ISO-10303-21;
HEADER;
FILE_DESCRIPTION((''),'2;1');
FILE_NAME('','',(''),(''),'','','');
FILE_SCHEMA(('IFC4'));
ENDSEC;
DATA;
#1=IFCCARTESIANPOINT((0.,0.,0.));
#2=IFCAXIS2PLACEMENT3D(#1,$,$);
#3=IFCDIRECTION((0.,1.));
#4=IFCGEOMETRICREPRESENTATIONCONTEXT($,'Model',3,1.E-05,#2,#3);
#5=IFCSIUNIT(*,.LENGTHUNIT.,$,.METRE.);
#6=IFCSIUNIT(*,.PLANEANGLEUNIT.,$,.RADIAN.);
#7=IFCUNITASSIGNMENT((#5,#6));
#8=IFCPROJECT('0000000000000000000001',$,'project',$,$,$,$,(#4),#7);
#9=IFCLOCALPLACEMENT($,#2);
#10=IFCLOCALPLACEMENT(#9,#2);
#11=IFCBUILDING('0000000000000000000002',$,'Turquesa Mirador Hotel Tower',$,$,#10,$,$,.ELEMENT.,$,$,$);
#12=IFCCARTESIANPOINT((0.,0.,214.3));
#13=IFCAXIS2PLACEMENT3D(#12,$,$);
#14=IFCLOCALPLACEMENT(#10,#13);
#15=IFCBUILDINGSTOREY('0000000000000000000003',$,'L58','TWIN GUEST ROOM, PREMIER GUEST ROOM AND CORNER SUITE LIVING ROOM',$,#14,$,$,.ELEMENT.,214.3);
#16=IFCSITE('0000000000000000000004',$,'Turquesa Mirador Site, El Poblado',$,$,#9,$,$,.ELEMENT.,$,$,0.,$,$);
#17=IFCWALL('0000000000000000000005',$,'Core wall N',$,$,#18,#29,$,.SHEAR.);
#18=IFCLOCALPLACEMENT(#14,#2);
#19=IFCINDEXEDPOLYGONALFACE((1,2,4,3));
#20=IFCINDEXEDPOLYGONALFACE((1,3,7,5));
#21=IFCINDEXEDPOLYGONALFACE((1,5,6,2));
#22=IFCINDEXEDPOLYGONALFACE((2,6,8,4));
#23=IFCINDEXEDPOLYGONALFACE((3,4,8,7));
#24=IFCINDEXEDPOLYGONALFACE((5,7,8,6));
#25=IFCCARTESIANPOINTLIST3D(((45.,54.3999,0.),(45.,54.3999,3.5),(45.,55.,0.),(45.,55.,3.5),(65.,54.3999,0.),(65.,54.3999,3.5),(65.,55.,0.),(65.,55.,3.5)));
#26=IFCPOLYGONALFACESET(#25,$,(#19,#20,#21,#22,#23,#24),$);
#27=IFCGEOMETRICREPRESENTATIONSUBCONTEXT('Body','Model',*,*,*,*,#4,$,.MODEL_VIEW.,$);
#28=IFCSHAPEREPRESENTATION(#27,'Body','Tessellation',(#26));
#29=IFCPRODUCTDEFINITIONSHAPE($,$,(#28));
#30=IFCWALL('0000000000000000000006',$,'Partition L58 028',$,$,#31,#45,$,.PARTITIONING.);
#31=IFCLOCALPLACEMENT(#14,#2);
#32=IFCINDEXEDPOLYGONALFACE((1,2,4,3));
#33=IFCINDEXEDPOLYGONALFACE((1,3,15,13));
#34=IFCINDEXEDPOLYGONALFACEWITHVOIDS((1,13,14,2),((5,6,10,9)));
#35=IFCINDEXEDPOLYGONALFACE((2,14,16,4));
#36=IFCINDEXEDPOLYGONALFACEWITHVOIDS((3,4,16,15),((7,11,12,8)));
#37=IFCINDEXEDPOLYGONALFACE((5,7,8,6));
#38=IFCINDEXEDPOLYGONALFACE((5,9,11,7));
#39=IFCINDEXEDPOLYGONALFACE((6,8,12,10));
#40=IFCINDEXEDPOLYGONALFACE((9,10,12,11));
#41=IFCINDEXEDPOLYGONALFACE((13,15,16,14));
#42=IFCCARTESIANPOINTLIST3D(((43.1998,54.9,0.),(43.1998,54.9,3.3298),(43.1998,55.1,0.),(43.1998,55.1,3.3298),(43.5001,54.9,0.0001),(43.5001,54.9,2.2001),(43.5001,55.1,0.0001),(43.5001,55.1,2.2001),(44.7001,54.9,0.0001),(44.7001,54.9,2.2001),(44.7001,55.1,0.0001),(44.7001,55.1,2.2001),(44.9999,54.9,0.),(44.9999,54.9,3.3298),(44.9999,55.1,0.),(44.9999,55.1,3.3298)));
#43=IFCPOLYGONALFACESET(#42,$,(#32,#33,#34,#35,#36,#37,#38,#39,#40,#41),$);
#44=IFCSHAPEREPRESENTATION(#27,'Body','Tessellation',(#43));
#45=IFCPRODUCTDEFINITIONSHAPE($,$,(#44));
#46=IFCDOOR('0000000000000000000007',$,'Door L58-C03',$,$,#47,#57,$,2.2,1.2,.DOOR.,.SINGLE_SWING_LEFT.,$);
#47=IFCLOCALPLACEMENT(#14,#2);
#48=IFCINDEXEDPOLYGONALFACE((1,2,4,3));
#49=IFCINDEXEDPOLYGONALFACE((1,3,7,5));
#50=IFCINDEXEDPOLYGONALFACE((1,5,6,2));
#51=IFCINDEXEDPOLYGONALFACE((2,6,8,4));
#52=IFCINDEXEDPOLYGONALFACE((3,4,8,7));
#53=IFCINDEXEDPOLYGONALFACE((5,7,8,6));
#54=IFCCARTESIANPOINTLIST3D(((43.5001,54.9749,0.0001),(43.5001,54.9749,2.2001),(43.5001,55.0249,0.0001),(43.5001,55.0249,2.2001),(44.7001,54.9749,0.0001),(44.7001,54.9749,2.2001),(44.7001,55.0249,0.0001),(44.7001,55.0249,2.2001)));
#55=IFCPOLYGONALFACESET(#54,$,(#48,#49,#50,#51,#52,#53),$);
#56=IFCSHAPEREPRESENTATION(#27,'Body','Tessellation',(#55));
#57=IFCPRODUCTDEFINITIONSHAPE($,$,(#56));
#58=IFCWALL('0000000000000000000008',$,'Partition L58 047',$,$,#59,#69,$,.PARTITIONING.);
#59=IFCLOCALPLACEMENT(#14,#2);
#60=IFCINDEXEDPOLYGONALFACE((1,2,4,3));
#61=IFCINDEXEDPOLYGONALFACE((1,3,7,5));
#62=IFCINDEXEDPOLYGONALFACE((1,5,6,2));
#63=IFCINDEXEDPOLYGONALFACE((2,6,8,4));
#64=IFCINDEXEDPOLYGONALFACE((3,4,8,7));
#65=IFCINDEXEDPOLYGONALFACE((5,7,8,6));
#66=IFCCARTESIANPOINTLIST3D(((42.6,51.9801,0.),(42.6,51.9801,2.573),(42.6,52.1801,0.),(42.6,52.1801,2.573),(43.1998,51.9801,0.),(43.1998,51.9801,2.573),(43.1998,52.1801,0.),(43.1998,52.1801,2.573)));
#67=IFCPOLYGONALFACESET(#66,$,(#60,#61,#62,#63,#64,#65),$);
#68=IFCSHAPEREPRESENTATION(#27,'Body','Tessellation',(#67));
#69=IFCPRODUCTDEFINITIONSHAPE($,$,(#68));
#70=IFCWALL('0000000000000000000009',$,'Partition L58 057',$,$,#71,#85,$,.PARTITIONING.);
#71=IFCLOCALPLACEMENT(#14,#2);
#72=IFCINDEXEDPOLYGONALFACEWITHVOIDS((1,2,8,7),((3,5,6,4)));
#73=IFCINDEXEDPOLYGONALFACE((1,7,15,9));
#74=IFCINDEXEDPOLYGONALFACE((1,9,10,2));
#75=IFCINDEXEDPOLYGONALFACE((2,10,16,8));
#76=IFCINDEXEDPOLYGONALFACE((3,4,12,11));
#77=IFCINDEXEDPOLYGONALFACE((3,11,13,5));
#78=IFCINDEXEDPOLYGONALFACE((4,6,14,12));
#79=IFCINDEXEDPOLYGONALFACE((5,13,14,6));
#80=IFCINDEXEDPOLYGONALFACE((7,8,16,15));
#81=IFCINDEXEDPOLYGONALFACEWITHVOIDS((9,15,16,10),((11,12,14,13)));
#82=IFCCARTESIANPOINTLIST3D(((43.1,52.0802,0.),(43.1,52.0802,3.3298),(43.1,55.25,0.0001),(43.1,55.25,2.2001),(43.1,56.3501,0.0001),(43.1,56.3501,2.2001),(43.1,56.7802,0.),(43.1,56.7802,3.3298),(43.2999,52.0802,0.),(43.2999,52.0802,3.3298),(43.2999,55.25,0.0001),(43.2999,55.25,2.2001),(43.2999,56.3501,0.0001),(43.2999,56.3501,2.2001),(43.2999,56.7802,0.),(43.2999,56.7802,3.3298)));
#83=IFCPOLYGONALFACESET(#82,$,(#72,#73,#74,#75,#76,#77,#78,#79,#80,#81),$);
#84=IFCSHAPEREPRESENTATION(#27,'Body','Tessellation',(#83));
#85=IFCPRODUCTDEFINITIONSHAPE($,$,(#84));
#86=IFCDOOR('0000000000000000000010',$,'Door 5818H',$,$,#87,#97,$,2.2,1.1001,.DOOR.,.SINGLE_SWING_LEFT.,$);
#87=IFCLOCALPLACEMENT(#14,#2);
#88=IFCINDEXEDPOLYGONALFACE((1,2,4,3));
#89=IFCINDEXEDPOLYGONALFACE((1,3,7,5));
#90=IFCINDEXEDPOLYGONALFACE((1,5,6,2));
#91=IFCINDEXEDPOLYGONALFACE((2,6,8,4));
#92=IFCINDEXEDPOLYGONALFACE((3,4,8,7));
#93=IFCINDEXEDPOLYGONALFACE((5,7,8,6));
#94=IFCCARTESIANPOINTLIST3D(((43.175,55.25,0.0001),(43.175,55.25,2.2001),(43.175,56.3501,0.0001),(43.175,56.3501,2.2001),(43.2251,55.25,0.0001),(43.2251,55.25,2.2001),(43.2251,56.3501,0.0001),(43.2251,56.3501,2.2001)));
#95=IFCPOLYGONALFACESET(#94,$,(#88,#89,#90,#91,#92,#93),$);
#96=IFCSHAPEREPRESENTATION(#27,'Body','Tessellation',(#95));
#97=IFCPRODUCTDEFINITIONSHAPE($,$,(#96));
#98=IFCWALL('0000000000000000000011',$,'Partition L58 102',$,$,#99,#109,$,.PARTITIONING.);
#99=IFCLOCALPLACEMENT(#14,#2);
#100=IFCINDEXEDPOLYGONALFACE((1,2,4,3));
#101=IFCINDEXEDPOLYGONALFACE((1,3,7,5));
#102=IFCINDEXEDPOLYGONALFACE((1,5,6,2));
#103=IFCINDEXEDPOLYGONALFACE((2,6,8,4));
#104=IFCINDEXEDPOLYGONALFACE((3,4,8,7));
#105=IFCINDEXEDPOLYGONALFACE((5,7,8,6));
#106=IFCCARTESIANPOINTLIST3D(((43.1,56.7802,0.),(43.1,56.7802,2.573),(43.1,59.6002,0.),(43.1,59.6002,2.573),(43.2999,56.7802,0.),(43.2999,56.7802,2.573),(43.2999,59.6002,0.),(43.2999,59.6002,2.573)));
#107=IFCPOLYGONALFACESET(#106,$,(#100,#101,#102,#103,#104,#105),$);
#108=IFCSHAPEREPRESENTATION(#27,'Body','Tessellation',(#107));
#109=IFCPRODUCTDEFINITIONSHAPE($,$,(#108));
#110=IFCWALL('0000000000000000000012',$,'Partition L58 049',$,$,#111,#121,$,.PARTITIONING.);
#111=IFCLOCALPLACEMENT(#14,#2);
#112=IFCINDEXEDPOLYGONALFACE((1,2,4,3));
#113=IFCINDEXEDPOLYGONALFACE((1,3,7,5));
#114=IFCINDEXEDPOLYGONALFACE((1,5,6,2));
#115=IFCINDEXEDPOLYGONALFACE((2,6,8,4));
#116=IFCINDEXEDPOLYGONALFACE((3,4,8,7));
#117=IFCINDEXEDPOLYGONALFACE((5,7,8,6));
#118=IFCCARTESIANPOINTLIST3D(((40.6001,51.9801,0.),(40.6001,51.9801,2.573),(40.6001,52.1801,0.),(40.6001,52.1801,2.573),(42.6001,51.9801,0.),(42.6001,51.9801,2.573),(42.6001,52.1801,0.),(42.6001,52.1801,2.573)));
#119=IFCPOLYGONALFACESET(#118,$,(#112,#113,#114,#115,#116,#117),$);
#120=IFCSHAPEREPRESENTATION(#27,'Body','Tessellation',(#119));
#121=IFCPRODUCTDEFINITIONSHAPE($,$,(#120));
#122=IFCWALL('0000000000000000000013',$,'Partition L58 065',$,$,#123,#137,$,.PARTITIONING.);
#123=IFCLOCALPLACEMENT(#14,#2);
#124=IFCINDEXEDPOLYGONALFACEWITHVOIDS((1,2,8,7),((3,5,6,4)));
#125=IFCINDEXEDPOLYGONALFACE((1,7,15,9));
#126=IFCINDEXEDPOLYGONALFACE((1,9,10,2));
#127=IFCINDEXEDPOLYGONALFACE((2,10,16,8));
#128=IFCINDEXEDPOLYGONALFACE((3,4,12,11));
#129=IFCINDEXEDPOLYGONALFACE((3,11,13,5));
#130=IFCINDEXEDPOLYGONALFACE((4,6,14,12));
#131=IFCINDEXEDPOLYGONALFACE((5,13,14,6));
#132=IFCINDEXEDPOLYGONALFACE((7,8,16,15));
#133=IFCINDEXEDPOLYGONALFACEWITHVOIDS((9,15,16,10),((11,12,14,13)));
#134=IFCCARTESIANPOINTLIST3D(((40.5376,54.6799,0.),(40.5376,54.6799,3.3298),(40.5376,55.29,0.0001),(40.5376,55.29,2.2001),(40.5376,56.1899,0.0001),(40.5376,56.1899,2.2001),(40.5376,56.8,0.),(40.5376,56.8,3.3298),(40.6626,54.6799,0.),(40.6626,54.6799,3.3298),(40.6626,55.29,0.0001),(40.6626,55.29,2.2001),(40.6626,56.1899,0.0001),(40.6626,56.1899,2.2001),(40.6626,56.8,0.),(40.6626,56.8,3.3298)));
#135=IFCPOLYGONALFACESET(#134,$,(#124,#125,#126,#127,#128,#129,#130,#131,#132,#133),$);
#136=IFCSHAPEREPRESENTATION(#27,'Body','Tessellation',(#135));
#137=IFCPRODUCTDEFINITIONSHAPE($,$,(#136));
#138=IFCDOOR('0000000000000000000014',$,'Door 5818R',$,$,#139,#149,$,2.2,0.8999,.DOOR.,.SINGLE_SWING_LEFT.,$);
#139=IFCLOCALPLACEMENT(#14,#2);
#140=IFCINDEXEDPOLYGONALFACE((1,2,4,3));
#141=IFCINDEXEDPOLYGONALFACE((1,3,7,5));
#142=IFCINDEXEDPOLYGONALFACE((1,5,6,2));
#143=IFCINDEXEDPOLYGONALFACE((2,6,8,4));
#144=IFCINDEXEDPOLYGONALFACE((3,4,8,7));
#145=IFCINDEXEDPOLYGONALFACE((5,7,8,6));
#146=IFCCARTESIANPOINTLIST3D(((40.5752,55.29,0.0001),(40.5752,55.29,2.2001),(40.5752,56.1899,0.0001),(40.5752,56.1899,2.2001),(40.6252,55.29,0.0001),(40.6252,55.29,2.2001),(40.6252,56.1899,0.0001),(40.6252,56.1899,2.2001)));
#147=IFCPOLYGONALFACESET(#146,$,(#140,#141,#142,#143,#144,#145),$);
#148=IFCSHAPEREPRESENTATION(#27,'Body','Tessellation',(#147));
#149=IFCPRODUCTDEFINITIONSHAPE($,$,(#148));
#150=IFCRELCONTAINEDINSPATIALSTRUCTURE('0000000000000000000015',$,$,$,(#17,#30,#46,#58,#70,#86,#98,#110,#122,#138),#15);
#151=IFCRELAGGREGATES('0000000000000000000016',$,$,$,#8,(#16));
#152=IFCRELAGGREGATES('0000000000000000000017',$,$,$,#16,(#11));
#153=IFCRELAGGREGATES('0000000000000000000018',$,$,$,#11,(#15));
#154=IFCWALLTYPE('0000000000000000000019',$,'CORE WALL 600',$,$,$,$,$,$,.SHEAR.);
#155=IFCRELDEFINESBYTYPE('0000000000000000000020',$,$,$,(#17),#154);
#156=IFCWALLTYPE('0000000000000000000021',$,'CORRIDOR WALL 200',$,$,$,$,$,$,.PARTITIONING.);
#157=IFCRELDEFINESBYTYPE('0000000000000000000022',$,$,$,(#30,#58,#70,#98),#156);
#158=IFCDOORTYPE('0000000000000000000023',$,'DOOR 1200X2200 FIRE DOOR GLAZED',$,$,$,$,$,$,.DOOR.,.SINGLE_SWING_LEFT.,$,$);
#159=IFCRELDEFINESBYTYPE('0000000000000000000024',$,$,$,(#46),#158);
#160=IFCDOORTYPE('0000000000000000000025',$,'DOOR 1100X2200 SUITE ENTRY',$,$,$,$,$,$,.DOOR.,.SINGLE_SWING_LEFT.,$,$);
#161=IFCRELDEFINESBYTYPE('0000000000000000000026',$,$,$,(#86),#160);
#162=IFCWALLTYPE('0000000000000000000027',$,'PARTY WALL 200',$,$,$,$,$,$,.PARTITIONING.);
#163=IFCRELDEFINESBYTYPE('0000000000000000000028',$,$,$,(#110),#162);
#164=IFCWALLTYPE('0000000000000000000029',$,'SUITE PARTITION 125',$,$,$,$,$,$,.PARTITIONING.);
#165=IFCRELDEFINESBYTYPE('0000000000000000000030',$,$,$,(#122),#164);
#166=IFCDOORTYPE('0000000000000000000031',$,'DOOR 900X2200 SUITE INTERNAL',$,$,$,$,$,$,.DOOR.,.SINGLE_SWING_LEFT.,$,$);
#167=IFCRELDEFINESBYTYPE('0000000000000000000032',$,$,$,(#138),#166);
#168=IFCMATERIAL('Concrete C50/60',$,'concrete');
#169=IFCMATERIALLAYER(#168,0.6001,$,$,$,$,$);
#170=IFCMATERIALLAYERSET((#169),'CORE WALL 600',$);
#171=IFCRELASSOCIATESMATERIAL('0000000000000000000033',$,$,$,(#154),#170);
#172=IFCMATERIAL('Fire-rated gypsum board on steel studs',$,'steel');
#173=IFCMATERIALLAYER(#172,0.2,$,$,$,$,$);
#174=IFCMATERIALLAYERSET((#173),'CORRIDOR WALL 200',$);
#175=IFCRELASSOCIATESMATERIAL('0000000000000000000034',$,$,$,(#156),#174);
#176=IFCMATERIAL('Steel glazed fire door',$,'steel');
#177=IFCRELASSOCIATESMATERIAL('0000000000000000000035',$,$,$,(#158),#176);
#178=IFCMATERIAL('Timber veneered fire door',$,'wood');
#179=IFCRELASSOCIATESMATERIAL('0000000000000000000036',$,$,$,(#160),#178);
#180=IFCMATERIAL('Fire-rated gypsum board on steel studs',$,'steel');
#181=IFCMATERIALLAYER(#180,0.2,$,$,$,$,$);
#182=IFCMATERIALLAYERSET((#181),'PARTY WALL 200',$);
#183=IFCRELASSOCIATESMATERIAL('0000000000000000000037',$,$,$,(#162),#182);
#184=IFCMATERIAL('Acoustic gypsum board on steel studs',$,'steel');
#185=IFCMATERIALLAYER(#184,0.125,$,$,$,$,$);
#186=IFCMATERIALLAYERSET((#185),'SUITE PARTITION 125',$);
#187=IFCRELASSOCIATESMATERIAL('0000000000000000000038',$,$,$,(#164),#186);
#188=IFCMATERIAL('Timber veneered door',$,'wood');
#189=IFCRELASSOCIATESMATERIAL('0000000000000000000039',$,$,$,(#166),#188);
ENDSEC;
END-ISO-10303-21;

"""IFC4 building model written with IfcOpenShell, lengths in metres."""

from ifc_helpers import new_model, si_unit, direction, frame, frame_2d, origin, place, context, subcontext, project, spatial, rectangle, extrude, material, layer, layer_set, type_object, element, fill, save


model = new_model("IFC4")

# Units and contexts
model_context = context("Model", 3, precision=1e-05, world=origin(), true_north=direction((0.0, 1.0)))
body_context = subcontext(model_context, "Body", "Model", "MODEL_VIEW")
ifc_project = project(units=[si_unit("LENGTHUNIT", "METRE"), si_unit("PLANEANGLEUNIT", "RADIAN")], contexts=[model_context])

# Site, building, storey
site_placement = place(None, origin())
site = spatial("IfcSite", under=ifc_project, at=site_placement, Name="Turquesa Mirador Site, El Poblado", CompositionType="ELEMENT", RefElevation=0.0)
building_placement = place(site_placement, origin())
building = spatial("IfcBuilding", under=site, at=building_placement, Name="Turquesa Mirador Hotel Tower", CompositionType="ELEMENT")
storey_placement = place(building_placement, frame((0.0, 0.0, 214.3)))
storey = spatial("IfcBuildingStorey", under=building, at=storey_placement, Name="L58", Description="TWIN GUEST ROOM, PREMIER GUEST ROOM AND CORNER SUITE LIVING ROOM", CompositionType="ELEMENT", Elevation=214.3)

# Wall
ifc_material_1 = material(Name="Concrete C50/60", Category="concrete")
ifc_layer_1 = layer(ifc_material_1, 0.6001)
ifc_layer_set_1 = layer_set([ifc_layer_1], Name="CORE WALL 600")
wall_type_1 = type_object("IfcWallType", Name="CORE WALL 600", PredefinedType="SHEAR", material=ifc_layer_set_1)
wall_1_placement = place(storey_placement, frame((45.0, 54.7, 0.0), z_axis=(0.0, 0.0, 1.0), x_axis=(1.0, 0.0, 0.0)))
element("IfcWall", 1, at=wall_1_placement, inside=storey, type_object=wall_type_1, Name="Core wall N", PredefinedType="SHEAR", context=body_context, shape_type="SweptSolid", body=[
    extrude(rectangle(XDim=20.0, YDim=0.6001, at=frame_2d((10.0, 0.0))), origin(), (0.0, 0.0, 1.0), 3.5),
])

# Wall, opening, door
ifc_material_2 = material(Name="Fire-rated gypsum board on steel studs", Category="steel")
ifc_layer_2 = layer(ifc_material_2, 0.2)
ifc_layer_set_2 = layer_set([ifc_layer_2], Name="CORRIDOR WALL 200")
wall_type_2 = type_object("IfcWallType", Name="CORRIDOR WALL 200", PredefinedType="PARTITIONING", material=ifc_layer_set_2)
wall_2_placement = place(storey_placement, frame((43.2, 55.0, 0.0), z_axis=(0.0, 0.0, 1.0), x_axis=(1.0, 0.0, 0.0)))
wall_2 = element("IfcWall", 2, at=wall_2_placement, inside=storey, type_object=wall_type_2, Name="Partition L58 028", PredefinedType="PARTITIONING", context=body_context, shape_type="SweptSolid", body=[
    extrude(rectangle(XDim=1.8, YDim=0.2, at=frame_2d((0.8999, 0.0))), origin(), (0.0, 0.0, 1.0), 3.3298),
])
opening_1_placement = place(wall_2_placement, frame((0.3, 0.0, 0.0)))
opening_1 = element("IfcOpeningElement", 3, at=opening_1_placement, cuts=wall_2, PredefinedType="OPENING", context=body_context, shape_type="SweptSolid", body=[
    extrude(rectangle(XDim=1.2, YDim=2.2, at=frame_2d((0.6001, 1.1001))), frame((0.0, 0.1099, 0.0), z_axis=(0.0, -1.0, 0.0), x_axis=(1.0, 0.0, 0.0)), (0.0, 0.0, 1.0), 0.22),
])
ifc_material_3 = material(Name="Steel glazed fire door", Category="steel")
door_type_1 = type_object("IfcDoorType", Name="DOOR 1200X2200 FIRE DOOR GLAZED", OperationType="SINGLE_SWING_LEFT", PredefinedType="DOOR", material=ifc_material_3)
door_1_placement = place(opening_1_placement, origin())
door_1 = element("IfcDoor", 4, at=door_1_placement, inside=storey, type_object=door_type_1, Name="Door L58-C03", OperationType="SINGLE_SWING_LEFT", OverallHeight=2.2, OverallWidth=1.2, PredefinedType="DOOR", context=body_context, shape_type="SweptSolid", body=[
    extrude(rectangle(XDim=1.2, YDim=2.2, at=frame_2d((0.6001, 1.1001))), frame((0.0, 0.0249, 0.0), z_axis=(0.0, -1.0, 0.0), x_axis=(1.0, 0.0, 0.0)), (0.0, 0.0, 1.0), 0.05),
])
fill(opening_1, door_1)

# Wall
wall_3_placement = place(storey_placement, frame((42.6001, 52.0801, 0.0), z_axis=(0.0, 0.0, 1.0), x_axis=(1.0, 0.0, 0.0)))
element("IfcWall", 5, at=wall_3_placement, inside=storey, type_object=wall_type_2, Name="Partition L58 047", PredefinedType="PARTITIONING", context=body_context, shape_type="SweptSolid", body=[
    extrude(rectangle(XDim=0.5999, YDim=0.2, at=frame_2d((0.2998, 0.0))), origin(), (0.0, 0.0, 1.0), 2.573),
])

# Wall, opening, door
wall_4_placement = place(storey_placement, frame((43.2, 52.0801, 0.0), z_axis=(0.0, 0.0, 1.0), x_axis=(0.0, 1.0, 0.0)))
wall_4 = element("IfcWall", 6, at=wall_4_placement, inside=storey, type_object=wall_type_2, Name="Partition L58 057", PredefinedType="PARTITIONING", context=body_context, shape_type="SweptSolid", body=[
    extrude(rectangle(XDim=4.7, YDim=0.2, at=frame_2d((2.3501, 0.0))), origin(), (0.0, 0.0, 1.0), 3.3298),
])
opening_2_placement = place(wall_4_placement, frame((3.1699, 0.0, 0.0)))
opening_2 = element("IfcOpeningElement", 7, at=opening_2_placement, cuts=wall_4, PredefinedType="OPENING", context=body_context, shape_type="SweptSolid", body=[
    extrude(rectangle(XDim=1.1001, YDim=2.2, at=frame_2d((0.55, 1.1001))), frame((0.0, 0.1099, 0.0), z_axis=(0.0, -1.0, 0.0), x_axis=(1.0, 0.0, 0.0)), (0.0, 0.0, 1.0), 0.22),
])
ifc_material_4 = material(Name="Timber veneered fire door", Category="wood")
door_type_2 = type_object("IfcDoorType", Name="DOOR 1100X2200 SUITE ENTRY", OperationType="SINGLE_SWING_LEFT", PredefinedType="DOOR", material=ifc_material_4)
door_2_placement = place(opening_2_placement, origin())
door_2 = element("IfcDoor", 8, at=door_2_placement, inside=storey, type_object=door_type_2, Name="Door 5818H", OperationType="SINGLE_SWING_LEFT", OverallHeight=2.2, OverallWidth=1.1001, PredefinedType="DOOR", context=body_context, shape_type="SweptSolid", body=[
    extrude(rectangle(XDim=1.1001, YDim=2.2, at=frame_2d((0.55, 1.1001))), frame((0.0, 0.0249, 0.0), z_axis=(0.0, -1.0, 0.0), x_axis=(1.0, 0.0, 0.0)), (0.0, 0.0, 1.0), 0.05),
])
fill(opening_2, door_2)

# Walls
wall_5_placement = place(storey_placement, frame((43.2, 56.78, 0.0), z_axis=(0.0, 0.0, 1.0), x_axis=(0.0, 1.0, 0.0)))
element("IfcWall", 9, at=wall_5_placement, inside=storey, type_object=wall_type_2, Name="Partition L58 102", PredefinedType="PARTITIONING", context=body_context, shape_type="SweptSolid", body=[
    extrude(rectangle(XDim=2.8201, YDim=0.2, at=frame_2d((1.4102, 0.0))), origin(), (0.0, 0.0, 1.0), 2.573),
])
ifc_material_5 = material(Name="Fire-rated gypsum board on steel studs", Category="steel")
ifc_layer_3 = layer(ifc_material_5, 0.2)
ifc_layer_set_3 = layer_set([ifc_layer_3], Name="PARTY WALL 200")
wall_type_3 = type_object("IfcWallType", Name="PARTY WALL 200", PredefinedType="PARTITIONING", material=ifc_layer_set_3)
wall_6_placement = place(storey_placement, frame((40.6001, 52.0801, 0.0), z_axis=(0.0, 0.0, 1.0), x_axis=(1.0, 0.0, 0.0)))
element("IfcWall", 10, at=wall_6_placement, inside=storey, type_object=wall_type_3, Name="Partition L58 049", PredefinedType="PARTITIONING", context=body_context, shape_type="SweptSolid", body=[
    extrude(rectangle(XDim=2.0, YDim=0.2, at=frame_2d((1.0, 0.0))), origin(), (0.0, 0.0, 1.0), 2.573),
])

# Wall, opening, door
ifc_material_6 = material(Name="Acoustic gypsum board on steel studs", Category="steel")
ifc_layer_4 = layer(ifc_material_6, 0.125)
ifc_layer_set_4 = layer_set([ifc_layer_4], Name="SUITE PARTITION 125")
wall_type_4 = type_object("IfcWallType", Name="SUITE PARTITION 125", PredefinedType="PARTITIONING", material=ifc_layer_set_4)
wall_7_placement = place(storey_placement, frame((40.6001, 54.6799, 0.0), z_axis=(0.0, 0.0, 1.0), x_axis=(0.0, 1.0, 0.0)))
wall_7 = element("IfcWall", 11, at=wall_7_placement, inside=storey, type_object=wall_type_4, Name="Partition L58 065", PredefinedType="PARTITIONING", context=body_context, shape_type="SweptSolid", body=[
    extrude(rectangle(XDim=2.1201, YDim=0.125, at=frame_2d((1.0601, 0.0))), origin(), (0.0, 0.0, 1.0), 3.3298),
])
opening_3_placement = place(wall_7_placement, frame((0.6101, 0.0, 0.0)))
opening_3 = element("IfcOpeningElement", 12, at=opening_3_placement, cuts=wall_7, PredefinedType="OPENING", context=body_context, shape_type="SweptSolid", body=[
    extrude(rectangle(XDim=0.8999, YDim=2.2, at=frame_2d((0.45, 1.1001))), frame((0.0, 0.0725, 0.0), z_axis=(0.0, -1.0, 0.0), x_axis=(1.0, 0.0, 0.0)), (0.0, 0.0, 1.0), 0.145),
])
ifc_material_7 = material(Name="Timber veneered door", Category="wood")
door_type_3 = type_object("IfcDoorType", Name="DOOR 900X2200 SUITE INTERNAL", OperationType="SINGLE_SWING_LEFT", PredefinedType="DOOR", material=ifc_material_7)
door_3_placement = place(opening_3_placement, origin())
door_3 = element("IfcDoor", 13, at=door_3_placement, inside=storey, type_object=door_type_3, Name="Door 5818R", OperationType="SINGLE_SWING_LEFT", OverallHeight=2.2, OverallWidth=0.8999, PredefinedType="DOOR", context=body_context, shape_type="SweptSolid", body=[
    extrude(rectangle(XDim=0.8999, YDim=2.2, at=frame_2d((0.45, 1.1001))), frame((0.0, 0.0249, 0.0), z_axis=(0.0, -1.0, 0.0), x_axis=(1.0, 0.0, 0.0)), (0.0, 0.0, 1.0), 0.05),
])
fill(opening_3, door_3)

save(model, "model.ifc")
